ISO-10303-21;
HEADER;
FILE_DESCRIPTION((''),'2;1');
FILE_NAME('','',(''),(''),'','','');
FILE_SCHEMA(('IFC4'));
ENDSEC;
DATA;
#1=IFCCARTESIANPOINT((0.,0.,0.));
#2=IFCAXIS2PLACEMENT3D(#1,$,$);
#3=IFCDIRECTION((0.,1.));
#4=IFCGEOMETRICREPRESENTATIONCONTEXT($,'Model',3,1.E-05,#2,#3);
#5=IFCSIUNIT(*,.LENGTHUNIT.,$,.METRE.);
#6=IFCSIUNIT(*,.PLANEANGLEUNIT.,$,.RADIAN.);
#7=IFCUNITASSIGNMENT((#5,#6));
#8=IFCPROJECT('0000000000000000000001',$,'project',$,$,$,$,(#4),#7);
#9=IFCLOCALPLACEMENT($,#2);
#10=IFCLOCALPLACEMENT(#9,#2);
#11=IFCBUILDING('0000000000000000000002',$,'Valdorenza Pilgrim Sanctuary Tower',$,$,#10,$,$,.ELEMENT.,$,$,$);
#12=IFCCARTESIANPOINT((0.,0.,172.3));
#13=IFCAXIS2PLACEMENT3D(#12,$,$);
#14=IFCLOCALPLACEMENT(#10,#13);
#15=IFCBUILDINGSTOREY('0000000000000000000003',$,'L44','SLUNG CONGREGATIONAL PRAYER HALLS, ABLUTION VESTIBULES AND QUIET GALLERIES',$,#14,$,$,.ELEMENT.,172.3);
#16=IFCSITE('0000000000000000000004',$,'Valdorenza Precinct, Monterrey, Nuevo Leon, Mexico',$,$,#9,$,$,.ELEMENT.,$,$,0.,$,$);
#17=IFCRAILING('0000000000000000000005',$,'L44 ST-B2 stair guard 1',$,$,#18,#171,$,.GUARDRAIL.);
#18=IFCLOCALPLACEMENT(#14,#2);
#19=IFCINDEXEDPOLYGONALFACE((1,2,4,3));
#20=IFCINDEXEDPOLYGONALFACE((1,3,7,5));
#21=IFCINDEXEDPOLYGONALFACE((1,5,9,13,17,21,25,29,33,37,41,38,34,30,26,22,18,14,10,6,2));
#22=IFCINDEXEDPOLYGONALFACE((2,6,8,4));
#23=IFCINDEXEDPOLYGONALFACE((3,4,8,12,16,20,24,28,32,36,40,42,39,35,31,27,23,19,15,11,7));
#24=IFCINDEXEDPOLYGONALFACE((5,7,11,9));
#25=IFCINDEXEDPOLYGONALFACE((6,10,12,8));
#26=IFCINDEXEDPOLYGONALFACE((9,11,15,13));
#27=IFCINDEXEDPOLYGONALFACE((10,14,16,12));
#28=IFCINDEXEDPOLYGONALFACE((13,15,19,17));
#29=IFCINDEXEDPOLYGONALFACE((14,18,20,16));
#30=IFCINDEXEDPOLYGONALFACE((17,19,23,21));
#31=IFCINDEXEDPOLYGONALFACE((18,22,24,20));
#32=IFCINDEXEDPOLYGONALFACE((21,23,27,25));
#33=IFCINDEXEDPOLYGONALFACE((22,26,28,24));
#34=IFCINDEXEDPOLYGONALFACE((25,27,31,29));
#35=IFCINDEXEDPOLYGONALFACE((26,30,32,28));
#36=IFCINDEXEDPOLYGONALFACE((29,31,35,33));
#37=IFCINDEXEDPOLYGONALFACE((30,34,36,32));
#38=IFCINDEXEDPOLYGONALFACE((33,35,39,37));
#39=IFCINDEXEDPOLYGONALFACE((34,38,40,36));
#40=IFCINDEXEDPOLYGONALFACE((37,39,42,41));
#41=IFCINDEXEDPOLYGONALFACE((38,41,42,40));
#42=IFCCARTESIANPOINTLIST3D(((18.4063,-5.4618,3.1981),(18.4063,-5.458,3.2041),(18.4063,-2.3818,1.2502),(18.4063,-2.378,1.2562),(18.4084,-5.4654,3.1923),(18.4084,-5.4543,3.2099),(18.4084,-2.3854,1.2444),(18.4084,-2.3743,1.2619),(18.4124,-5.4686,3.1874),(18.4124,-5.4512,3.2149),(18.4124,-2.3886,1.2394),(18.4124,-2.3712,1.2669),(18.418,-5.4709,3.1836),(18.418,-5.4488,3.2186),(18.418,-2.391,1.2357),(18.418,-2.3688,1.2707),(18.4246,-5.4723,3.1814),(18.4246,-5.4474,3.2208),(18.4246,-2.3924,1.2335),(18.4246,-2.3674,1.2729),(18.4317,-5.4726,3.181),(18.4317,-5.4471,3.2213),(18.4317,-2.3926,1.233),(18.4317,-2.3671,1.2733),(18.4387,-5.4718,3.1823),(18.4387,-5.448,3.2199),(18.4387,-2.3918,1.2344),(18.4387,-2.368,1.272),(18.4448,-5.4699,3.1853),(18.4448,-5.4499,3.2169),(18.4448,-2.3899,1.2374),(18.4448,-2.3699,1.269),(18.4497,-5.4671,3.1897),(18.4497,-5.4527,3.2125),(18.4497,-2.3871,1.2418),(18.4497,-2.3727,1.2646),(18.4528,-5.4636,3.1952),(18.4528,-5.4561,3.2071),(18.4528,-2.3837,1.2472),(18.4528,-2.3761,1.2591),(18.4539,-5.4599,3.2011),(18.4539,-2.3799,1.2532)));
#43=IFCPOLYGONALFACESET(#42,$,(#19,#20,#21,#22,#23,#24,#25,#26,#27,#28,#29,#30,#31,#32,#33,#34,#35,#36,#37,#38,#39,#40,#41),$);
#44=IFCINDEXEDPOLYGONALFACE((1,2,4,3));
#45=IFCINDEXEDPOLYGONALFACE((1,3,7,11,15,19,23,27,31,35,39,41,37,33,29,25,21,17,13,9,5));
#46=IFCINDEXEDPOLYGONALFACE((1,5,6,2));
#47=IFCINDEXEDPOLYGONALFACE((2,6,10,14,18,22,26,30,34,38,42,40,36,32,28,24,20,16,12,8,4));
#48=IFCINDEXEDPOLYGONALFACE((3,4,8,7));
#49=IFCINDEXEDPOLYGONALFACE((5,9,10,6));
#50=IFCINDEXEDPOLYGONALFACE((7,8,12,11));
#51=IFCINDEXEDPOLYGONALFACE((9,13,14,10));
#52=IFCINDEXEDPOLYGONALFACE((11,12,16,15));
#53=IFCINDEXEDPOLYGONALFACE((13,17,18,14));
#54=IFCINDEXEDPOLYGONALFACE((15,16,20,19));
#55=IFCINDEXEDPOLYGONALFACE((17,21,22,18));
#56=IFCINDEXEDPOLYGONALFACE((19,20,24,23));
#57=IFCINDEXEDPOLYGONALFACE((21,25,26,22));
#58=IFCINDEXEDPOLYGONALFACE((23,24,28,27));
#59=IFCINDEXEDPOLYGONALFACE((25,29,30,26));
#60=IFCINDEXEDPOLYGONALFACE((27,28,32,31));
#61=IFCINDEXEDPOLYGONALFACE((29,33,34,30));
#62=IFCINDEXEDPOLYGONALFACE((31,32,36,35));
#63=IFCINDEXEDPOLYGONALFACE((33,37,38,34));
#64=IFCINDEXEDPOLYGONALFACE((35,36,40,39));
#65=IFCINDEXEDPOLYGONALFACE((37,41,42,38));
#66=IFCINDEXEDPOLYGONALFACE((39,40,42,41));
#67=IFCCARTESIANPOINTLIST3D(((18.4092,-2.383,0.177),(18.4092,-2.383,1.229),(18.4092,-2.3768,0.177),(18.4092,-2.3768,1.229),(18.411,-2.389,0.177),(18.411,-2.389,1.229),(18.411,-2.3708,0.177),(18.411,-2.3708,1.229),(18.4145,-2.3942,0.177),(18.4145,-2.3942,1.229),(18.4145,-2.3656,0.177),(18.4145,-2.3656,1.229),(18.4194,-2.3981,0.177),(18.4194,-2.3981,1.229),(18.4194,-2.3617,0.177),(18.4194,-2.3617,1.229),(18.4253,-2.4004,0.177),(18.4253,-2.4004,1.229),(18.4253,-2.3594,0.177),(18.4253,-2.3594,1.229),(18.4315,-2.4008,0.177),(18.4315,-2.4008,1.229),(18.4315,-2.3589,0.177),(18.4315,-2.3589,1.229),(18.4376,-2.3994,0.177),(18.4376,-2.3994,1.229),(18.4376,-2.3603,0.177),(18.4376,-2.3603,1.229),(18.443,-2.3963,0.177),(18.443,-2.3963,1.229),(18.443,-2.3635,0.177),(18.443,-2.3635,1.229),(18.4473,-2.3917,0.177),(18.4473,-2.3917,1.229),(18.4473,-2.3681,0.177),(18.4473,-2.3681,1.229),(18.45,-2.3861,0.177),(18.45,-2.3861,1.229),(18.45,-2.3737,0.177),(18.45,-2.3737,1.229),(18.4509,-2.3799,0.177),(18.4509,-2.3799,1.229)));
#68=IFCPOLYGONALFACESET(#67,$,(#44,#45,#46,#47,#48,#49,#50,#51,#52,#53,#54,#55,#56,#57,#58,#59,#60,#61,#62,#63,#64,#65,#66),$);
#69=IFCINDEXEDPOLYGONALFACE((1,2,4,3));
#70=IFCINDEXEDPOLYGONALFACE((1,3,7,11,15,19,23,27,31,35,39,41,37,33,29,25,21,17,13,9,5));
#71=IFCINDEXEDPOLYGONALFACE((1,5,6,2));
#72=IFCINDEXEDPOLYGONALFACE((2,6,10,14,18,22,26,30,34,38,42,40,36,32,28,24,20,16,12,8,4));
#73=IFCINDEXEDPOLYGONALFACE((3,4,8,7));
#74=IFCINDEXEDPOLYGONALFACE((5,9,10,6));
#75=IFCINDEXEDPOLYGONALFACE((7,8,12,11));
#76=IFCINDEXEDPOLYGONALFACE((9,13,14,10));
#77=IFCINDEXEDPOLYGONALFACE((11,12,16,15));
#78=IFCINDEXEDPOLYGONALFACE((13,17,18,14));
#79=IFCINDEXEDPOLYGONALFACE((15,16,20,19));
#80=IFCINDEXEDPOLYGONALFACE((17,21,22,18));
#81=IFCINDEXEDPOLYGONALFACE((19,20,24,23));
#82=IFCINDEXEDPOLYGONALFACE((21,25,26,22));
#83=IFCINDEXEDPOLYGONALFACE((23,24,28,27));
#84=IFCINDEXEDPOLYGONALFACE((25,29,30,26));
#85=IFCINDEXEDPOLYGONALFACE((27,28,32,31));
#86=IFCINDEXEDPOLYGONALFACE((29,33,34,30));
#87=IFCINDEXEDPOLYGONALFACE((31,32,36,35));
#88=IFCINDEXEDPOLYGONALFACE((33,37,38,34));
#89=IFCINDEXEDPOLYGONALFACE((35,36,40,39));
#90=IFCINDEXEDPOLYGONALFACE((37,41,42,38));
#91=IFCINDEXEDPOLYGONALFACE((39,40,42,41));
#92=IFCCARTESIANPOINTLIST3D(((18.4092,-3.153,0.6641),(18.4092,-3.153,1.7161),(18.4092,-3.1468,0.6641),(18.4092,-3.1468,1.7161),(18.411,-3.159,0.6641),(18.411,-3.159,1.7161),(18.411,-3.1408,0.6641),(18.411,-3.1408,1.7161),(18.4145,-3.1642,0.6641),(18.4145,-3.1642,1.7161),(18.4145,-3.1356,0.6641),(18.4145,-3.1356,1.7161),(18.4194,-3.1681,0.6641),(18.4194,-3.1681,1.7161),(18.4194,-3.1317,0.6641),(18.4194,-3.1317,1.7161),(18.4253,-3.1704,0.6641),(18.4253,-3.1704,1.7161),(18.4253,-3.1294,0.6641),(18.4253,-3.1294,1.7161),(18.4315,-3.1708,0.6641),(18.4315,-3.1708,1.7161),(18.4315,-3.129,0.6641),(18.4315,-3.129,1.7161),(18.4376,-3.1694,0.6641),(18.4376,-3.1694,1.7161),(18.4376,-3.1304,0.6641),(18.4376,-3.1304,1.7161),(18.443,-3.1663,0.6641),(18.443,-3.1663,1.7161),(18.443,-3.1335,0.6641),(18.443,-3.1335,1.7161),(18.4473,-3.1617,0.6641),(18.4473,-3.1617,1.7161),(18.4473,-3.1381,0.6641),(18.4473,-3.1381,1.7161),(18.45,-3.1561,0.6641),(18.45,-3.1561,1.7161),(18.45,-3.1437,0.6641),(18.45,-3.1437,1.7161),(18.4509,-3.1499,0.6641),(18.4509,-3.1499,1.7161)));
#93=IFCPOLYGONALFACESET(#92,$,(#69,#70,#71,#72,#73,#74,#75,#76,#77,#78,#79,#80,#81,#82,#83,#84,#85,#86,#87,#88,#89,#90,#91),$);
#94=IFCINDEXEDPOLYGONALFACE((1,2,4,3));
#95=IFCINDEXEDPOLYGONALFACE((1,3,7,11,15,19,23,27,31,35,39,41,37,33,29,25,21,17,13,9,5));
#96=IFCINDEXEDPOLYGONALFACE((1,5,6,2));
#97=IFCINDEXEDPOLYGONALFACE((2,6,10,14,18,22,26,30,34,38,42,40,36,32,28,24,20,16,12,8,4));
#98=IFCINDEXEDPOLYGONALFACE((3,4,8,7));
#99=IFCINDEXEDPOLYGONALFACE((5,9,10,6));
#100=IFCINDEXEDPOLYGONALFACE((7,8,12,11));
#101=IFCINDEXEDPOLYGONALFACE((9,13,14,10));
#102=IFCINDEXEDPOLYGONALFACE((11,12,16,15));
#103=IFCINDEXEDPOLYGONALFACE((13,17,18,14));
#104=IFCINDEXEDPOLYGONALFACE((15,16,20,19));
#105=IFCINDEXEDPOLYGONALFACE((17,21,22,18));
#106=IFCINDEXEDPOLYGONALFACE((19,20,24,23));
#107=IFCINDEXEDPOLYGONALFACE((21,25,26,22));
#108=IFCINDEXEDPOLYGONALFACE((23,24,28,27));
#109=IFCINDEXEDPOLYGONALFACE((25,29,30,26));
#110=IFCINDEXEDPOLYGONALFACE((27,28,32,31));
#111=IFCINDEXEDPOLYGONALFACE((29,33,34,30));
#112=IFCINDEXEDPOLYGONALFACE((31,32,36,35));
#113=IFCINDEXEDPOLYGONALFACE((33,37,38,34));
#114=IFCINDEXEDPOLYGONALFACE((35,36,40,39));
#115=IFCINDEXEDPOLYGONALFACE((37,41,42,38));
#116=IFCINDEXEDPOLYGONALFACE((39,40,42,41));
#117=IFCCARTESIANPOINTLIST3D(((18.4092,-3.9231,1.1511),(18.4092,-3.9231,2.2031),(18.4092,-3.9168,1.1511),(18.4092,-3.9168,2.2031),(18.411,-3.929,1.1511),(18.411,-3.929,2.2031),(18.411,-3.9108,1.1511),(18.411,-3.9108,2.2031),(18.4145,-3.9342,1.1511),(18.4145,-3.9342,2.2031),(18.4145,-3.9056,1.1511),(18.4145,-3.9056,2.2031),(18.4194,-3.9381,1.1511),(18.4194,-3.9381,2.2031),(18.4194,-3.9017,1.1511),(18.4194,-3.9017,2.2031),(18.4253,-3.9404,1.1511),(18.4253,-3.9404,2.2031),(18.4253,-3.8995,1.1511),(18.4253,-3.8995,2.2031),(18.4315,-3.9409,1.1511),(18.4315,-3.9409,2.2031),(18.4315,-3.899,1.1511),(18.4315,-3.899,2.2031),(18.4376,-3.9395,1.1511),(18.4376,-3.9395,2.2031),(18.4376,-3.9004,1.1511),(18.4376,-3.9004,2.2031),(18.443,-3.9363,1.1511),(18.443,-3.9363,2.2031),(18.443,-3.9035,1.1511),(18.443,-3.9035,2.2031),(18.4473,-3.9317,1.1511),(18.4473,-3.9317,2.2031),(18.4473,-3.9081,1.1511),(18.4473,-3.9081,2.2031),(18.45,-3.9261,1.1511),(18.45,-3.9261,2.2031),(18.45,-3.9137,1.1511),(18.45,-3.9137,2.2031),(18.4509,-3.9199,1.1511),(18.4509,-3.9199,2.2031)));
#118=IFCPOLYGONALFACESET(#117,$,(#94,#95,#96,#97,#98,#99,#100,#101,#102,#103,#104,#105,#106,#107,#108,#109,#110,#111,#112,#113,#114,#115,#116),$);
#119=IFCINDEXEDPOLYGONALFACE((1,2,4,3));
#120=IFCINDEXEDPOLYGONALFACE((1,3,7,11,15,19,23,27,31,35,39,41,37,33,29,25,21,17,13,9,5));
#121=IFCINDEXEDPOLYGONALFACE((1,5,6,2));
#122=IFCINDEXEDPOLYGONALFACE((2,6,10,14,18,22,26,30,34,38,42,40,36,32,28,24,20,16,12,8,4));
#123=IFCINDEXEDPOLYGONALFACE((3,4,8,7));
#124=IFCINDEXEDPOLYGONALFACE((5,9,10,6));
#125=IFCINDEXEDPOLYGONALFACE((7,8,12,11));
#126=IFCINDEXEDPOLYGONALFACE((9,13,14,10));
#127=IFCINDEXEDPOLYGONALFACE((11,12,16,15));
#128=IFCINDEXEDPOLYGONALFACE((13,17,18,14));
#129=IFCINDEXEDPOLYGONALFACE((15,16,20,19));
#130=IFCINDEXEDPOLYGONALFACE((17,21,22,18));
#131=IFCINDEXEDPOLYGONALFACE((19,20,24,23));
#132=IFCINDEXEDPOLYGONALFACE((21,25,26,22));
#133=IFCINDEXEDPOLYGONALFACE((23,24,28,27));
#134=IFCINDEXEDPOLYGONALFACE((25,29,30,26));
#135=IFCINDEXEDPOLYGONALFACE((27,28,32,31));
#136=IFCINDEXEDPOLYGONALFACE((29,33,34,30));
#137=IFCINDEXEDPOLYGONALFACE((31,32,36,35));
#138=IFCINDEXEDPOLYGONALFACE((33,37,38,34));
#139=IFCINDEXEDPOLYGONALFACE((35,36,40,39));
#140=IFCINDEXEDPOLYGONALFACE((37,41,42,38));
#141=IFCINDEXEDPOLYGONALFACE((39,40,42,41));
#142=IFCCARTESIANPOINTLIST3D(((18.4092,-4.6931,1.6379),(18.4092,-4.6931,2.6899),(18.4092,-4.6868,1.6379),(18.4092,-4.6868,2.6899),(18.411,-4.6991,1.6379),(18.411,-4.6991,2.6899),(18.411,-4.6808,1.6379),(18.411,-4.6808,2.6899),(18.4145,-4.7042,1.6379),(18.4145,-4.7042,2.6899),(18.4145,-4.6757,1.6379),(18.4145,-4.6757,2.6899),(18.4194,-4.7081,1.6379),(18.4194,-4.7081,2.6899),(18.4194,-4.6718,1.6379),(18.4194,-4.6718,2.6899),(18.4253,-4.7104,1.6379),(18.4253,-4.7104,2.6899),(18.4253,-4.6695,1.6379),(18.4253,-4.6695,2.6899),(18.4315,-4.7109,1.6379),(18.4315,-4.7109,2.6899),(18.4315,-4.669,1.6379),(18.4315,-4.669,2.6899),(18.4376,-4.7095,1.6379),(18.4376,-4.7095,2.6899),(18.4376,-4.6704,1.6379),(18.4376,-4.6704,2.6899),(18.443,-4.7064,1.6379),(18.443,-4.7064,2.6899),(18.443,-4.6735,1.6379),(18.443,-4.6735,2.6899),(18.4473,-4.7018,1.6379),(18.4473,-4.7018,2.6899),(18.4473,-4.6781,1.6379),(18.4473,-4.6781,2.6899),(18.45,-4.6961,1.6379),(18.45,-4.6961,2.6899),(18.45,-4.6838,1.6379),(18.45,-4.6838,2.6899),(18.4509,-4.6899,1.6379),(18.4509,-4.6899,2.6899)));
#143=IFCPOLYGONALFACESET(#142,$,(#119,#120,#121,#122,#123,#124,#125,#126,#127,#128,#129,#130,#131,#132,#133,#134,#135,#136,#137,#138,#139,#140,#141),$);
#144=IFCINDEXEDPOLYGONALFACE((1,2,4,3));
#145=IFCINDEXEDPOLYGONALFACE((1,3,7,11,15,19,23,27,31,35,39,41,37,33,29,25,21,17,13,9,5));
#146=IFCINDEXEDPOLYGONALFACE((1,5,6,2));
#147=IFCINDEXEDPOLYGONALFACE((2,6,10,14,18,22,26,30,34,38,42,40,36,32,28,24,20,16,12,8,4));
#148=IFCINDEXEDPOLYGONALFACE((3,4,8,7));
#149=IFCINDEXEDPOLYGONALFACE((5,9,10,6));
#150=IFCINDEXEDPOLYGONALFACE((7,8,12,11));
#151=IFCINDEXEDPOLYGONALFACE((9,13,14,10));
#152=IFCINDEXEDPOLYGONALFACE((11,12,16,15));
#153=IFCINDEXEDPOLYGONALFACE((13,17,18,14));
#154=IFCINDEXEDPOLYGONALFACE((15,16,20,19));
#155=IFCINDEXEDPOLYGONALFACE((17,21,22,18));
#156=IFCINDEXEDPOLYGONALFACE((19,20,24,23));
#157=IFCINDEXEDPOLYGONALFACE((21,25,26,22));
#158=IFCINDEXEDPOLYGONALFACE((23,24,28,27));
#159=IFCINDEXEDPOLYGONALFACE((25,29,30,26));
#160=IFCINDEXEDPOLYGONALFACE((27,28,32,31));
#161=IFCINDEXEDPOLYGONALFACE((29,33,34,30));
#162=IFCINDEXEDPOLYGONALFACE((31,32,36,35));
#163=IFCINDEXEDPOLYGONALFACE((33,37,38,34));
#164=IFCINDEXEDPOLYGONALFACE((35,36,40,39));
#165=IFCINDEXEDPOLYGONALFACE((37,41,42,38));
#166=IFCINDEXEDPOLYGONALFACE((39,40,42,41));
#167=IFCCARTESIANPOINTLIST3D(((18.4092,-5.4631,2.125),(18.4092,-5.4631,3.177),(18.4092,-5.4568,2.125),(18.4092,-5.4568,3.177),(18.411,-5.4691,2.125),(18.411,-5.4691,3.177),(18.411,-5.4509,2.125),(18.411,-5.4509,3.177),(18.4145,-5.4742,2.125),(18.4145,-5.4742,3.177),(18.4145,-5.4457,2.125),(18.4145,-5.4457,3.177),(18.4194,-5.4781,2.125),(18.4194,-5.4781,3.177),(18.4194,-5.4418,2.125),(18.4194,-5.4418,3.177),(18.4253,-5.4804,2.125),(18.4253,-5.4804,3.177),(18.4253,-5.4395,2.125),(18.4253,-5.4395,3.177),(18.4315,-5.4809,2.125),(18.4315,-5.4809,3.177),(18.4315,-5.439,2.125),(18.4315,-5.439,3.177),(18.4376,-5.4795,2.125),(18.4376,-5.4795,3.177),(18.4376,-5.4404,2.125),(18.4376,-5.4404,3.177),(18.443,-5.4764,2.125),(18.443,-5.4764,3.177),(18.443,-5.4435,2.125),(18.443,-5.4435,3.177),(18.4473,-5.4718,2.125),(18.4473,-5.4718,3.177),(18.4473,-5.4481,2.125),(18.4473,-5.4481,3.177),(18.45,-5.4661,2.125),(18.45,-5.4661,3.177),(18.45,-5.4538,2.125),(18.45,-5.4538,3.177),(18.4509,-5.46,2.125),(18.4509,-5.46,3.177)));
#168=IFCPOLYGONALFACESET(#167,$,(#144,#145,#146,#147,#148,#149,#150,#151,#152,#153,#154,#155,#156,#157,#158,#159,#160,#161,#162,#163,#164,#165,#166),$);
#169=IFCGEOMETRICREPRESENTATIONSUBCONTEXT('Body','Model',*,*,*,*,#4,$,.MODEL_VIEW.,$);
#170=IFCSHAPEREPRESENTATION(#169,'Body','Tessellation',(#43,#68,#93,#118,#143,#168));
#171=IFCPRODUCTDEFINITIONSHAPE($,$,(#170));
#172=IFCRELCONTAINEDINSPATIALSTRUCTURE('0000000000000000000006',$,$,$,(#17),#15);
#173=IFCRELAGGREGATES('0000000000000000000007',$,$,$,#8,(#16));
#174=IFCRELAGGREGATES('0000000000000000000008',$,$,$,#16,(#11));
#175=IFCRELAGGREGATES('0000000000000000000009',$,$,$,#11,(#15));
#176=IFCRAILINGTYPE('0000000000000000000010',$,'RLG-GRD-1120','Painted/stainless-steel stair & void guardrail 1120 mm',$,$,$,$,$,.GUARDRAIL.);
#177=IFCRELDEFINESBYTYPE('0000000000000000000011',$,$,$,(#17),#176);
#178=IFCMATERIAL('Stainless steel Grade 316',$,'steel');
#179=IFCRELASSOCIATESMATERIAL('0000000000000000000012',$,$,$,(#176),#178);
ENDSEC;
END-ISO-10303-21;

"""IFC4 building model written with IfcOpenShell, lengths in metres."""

from ifc_helpers import new_model, si_unit, direction, frame, origin, origin_2d, place, context, subcontext, project, spatial, circle, extrude, material, type_object, element, save


model = new_model("IFC4")

# Units and contexts
model_context = context("Model", 3, precision=1e-05, world=origin(), true_north=direction((0.0, 1.0)))
body_context = subcontext(model_context, "Body", "Model", "MODEL_VIEW")
ifc_project = project(units=[si_unit("LENGTHUNIT", "METRE"), si_unit("PLANEANGLEUNIT", "RADIAN")], contexts=[model_context])

# Site, building, storey
site_placement = place(None, origin())
site = spatial("IfcSite", under=ifc_project, at=site_placement, Name="Valdorenza Precinct, Monterrey, Nuevo Leon, Mexico", CompositionType="ELEMENT", RefElevation=0.0)
building_placement = place(site_placement, origin())
building = spatial("IfcBuilding", under=site, at=building_placement, Name="Valdorenza Pilgrim Sanctuary Tower", CompositionType="ELEMENT")
storey_placement = place(building_placement, frame((0.0, 0.0, 172.3)))
storey = spatial("IfcBuildingStorey", under=building, at=storey_placement, Name="L44", Description="SLUNG CONGREGATIONAL PRAYER HALLS, ABLUTION VESTIBULES AND QUIET GALLERIES", CompositionType="ELEMENT", Elevation=172.3)

# Railing
ifc_material_1 = material(Name="Stainless steel Grade 316", Category="steel")
railing_type_1 = type_object("IfcRailingType", Name="RLG-GRD-1120", Description="Painted/stainless-steel stair & void guardrail 1120 mm", PredefinedType="GUARDRAIL", material=ifc_material_1)
railing_1_placement = place(storey_placement, frame((18.4299, -2.3799, 0.177)))
element("IfcRailing", 1, at=railing_1_placement, inside=storey, type_object=railing_type_1, Name="L44 ST-B2 stair guard 1", PredefinedType="GUARDRAIL", context=body_context, shape_type="SweptSolid", body=[
    extrude(circle(Radius=0.0239, at=origin_2d()), frame((0.0, 0.0, 1.0762), z_axis=(0.0, -0.845156, 0.53452), x_axis=(1.0, 0.0, 0.0)), (0.0, 0.0, 1.0), 3.6443),
    extrude(circle(Radius=0.021, at=origin_2d()), origin(), (0.0, 0.0, 1.0), 1.052),
    extrude(circle(Radius=0.021, at=origin_2d()), frame((0.0, -0.77, 0.4871)), (0.0, 0.0, 1.0), 1.052),
    extrude(circle(Radius=0.021, at=origin_2d()), frame((0.0, -1.54, 0.9741)), (0.0, 0.0, 1.0), 1.052),
    extrude(circle(Radius=0.021, at=origin_2d()), frame((0.0, -2.3101, 1.4609)), (0.0, 0.0, 1.0), 1.052),
    extrude(circle(Radius=0.021, at=origin_2d()), frame((0.0, -3.0801, 1.948)), (0.0, 0.0, 1.0), 1.052),
])

save(model, "model.ifc")
